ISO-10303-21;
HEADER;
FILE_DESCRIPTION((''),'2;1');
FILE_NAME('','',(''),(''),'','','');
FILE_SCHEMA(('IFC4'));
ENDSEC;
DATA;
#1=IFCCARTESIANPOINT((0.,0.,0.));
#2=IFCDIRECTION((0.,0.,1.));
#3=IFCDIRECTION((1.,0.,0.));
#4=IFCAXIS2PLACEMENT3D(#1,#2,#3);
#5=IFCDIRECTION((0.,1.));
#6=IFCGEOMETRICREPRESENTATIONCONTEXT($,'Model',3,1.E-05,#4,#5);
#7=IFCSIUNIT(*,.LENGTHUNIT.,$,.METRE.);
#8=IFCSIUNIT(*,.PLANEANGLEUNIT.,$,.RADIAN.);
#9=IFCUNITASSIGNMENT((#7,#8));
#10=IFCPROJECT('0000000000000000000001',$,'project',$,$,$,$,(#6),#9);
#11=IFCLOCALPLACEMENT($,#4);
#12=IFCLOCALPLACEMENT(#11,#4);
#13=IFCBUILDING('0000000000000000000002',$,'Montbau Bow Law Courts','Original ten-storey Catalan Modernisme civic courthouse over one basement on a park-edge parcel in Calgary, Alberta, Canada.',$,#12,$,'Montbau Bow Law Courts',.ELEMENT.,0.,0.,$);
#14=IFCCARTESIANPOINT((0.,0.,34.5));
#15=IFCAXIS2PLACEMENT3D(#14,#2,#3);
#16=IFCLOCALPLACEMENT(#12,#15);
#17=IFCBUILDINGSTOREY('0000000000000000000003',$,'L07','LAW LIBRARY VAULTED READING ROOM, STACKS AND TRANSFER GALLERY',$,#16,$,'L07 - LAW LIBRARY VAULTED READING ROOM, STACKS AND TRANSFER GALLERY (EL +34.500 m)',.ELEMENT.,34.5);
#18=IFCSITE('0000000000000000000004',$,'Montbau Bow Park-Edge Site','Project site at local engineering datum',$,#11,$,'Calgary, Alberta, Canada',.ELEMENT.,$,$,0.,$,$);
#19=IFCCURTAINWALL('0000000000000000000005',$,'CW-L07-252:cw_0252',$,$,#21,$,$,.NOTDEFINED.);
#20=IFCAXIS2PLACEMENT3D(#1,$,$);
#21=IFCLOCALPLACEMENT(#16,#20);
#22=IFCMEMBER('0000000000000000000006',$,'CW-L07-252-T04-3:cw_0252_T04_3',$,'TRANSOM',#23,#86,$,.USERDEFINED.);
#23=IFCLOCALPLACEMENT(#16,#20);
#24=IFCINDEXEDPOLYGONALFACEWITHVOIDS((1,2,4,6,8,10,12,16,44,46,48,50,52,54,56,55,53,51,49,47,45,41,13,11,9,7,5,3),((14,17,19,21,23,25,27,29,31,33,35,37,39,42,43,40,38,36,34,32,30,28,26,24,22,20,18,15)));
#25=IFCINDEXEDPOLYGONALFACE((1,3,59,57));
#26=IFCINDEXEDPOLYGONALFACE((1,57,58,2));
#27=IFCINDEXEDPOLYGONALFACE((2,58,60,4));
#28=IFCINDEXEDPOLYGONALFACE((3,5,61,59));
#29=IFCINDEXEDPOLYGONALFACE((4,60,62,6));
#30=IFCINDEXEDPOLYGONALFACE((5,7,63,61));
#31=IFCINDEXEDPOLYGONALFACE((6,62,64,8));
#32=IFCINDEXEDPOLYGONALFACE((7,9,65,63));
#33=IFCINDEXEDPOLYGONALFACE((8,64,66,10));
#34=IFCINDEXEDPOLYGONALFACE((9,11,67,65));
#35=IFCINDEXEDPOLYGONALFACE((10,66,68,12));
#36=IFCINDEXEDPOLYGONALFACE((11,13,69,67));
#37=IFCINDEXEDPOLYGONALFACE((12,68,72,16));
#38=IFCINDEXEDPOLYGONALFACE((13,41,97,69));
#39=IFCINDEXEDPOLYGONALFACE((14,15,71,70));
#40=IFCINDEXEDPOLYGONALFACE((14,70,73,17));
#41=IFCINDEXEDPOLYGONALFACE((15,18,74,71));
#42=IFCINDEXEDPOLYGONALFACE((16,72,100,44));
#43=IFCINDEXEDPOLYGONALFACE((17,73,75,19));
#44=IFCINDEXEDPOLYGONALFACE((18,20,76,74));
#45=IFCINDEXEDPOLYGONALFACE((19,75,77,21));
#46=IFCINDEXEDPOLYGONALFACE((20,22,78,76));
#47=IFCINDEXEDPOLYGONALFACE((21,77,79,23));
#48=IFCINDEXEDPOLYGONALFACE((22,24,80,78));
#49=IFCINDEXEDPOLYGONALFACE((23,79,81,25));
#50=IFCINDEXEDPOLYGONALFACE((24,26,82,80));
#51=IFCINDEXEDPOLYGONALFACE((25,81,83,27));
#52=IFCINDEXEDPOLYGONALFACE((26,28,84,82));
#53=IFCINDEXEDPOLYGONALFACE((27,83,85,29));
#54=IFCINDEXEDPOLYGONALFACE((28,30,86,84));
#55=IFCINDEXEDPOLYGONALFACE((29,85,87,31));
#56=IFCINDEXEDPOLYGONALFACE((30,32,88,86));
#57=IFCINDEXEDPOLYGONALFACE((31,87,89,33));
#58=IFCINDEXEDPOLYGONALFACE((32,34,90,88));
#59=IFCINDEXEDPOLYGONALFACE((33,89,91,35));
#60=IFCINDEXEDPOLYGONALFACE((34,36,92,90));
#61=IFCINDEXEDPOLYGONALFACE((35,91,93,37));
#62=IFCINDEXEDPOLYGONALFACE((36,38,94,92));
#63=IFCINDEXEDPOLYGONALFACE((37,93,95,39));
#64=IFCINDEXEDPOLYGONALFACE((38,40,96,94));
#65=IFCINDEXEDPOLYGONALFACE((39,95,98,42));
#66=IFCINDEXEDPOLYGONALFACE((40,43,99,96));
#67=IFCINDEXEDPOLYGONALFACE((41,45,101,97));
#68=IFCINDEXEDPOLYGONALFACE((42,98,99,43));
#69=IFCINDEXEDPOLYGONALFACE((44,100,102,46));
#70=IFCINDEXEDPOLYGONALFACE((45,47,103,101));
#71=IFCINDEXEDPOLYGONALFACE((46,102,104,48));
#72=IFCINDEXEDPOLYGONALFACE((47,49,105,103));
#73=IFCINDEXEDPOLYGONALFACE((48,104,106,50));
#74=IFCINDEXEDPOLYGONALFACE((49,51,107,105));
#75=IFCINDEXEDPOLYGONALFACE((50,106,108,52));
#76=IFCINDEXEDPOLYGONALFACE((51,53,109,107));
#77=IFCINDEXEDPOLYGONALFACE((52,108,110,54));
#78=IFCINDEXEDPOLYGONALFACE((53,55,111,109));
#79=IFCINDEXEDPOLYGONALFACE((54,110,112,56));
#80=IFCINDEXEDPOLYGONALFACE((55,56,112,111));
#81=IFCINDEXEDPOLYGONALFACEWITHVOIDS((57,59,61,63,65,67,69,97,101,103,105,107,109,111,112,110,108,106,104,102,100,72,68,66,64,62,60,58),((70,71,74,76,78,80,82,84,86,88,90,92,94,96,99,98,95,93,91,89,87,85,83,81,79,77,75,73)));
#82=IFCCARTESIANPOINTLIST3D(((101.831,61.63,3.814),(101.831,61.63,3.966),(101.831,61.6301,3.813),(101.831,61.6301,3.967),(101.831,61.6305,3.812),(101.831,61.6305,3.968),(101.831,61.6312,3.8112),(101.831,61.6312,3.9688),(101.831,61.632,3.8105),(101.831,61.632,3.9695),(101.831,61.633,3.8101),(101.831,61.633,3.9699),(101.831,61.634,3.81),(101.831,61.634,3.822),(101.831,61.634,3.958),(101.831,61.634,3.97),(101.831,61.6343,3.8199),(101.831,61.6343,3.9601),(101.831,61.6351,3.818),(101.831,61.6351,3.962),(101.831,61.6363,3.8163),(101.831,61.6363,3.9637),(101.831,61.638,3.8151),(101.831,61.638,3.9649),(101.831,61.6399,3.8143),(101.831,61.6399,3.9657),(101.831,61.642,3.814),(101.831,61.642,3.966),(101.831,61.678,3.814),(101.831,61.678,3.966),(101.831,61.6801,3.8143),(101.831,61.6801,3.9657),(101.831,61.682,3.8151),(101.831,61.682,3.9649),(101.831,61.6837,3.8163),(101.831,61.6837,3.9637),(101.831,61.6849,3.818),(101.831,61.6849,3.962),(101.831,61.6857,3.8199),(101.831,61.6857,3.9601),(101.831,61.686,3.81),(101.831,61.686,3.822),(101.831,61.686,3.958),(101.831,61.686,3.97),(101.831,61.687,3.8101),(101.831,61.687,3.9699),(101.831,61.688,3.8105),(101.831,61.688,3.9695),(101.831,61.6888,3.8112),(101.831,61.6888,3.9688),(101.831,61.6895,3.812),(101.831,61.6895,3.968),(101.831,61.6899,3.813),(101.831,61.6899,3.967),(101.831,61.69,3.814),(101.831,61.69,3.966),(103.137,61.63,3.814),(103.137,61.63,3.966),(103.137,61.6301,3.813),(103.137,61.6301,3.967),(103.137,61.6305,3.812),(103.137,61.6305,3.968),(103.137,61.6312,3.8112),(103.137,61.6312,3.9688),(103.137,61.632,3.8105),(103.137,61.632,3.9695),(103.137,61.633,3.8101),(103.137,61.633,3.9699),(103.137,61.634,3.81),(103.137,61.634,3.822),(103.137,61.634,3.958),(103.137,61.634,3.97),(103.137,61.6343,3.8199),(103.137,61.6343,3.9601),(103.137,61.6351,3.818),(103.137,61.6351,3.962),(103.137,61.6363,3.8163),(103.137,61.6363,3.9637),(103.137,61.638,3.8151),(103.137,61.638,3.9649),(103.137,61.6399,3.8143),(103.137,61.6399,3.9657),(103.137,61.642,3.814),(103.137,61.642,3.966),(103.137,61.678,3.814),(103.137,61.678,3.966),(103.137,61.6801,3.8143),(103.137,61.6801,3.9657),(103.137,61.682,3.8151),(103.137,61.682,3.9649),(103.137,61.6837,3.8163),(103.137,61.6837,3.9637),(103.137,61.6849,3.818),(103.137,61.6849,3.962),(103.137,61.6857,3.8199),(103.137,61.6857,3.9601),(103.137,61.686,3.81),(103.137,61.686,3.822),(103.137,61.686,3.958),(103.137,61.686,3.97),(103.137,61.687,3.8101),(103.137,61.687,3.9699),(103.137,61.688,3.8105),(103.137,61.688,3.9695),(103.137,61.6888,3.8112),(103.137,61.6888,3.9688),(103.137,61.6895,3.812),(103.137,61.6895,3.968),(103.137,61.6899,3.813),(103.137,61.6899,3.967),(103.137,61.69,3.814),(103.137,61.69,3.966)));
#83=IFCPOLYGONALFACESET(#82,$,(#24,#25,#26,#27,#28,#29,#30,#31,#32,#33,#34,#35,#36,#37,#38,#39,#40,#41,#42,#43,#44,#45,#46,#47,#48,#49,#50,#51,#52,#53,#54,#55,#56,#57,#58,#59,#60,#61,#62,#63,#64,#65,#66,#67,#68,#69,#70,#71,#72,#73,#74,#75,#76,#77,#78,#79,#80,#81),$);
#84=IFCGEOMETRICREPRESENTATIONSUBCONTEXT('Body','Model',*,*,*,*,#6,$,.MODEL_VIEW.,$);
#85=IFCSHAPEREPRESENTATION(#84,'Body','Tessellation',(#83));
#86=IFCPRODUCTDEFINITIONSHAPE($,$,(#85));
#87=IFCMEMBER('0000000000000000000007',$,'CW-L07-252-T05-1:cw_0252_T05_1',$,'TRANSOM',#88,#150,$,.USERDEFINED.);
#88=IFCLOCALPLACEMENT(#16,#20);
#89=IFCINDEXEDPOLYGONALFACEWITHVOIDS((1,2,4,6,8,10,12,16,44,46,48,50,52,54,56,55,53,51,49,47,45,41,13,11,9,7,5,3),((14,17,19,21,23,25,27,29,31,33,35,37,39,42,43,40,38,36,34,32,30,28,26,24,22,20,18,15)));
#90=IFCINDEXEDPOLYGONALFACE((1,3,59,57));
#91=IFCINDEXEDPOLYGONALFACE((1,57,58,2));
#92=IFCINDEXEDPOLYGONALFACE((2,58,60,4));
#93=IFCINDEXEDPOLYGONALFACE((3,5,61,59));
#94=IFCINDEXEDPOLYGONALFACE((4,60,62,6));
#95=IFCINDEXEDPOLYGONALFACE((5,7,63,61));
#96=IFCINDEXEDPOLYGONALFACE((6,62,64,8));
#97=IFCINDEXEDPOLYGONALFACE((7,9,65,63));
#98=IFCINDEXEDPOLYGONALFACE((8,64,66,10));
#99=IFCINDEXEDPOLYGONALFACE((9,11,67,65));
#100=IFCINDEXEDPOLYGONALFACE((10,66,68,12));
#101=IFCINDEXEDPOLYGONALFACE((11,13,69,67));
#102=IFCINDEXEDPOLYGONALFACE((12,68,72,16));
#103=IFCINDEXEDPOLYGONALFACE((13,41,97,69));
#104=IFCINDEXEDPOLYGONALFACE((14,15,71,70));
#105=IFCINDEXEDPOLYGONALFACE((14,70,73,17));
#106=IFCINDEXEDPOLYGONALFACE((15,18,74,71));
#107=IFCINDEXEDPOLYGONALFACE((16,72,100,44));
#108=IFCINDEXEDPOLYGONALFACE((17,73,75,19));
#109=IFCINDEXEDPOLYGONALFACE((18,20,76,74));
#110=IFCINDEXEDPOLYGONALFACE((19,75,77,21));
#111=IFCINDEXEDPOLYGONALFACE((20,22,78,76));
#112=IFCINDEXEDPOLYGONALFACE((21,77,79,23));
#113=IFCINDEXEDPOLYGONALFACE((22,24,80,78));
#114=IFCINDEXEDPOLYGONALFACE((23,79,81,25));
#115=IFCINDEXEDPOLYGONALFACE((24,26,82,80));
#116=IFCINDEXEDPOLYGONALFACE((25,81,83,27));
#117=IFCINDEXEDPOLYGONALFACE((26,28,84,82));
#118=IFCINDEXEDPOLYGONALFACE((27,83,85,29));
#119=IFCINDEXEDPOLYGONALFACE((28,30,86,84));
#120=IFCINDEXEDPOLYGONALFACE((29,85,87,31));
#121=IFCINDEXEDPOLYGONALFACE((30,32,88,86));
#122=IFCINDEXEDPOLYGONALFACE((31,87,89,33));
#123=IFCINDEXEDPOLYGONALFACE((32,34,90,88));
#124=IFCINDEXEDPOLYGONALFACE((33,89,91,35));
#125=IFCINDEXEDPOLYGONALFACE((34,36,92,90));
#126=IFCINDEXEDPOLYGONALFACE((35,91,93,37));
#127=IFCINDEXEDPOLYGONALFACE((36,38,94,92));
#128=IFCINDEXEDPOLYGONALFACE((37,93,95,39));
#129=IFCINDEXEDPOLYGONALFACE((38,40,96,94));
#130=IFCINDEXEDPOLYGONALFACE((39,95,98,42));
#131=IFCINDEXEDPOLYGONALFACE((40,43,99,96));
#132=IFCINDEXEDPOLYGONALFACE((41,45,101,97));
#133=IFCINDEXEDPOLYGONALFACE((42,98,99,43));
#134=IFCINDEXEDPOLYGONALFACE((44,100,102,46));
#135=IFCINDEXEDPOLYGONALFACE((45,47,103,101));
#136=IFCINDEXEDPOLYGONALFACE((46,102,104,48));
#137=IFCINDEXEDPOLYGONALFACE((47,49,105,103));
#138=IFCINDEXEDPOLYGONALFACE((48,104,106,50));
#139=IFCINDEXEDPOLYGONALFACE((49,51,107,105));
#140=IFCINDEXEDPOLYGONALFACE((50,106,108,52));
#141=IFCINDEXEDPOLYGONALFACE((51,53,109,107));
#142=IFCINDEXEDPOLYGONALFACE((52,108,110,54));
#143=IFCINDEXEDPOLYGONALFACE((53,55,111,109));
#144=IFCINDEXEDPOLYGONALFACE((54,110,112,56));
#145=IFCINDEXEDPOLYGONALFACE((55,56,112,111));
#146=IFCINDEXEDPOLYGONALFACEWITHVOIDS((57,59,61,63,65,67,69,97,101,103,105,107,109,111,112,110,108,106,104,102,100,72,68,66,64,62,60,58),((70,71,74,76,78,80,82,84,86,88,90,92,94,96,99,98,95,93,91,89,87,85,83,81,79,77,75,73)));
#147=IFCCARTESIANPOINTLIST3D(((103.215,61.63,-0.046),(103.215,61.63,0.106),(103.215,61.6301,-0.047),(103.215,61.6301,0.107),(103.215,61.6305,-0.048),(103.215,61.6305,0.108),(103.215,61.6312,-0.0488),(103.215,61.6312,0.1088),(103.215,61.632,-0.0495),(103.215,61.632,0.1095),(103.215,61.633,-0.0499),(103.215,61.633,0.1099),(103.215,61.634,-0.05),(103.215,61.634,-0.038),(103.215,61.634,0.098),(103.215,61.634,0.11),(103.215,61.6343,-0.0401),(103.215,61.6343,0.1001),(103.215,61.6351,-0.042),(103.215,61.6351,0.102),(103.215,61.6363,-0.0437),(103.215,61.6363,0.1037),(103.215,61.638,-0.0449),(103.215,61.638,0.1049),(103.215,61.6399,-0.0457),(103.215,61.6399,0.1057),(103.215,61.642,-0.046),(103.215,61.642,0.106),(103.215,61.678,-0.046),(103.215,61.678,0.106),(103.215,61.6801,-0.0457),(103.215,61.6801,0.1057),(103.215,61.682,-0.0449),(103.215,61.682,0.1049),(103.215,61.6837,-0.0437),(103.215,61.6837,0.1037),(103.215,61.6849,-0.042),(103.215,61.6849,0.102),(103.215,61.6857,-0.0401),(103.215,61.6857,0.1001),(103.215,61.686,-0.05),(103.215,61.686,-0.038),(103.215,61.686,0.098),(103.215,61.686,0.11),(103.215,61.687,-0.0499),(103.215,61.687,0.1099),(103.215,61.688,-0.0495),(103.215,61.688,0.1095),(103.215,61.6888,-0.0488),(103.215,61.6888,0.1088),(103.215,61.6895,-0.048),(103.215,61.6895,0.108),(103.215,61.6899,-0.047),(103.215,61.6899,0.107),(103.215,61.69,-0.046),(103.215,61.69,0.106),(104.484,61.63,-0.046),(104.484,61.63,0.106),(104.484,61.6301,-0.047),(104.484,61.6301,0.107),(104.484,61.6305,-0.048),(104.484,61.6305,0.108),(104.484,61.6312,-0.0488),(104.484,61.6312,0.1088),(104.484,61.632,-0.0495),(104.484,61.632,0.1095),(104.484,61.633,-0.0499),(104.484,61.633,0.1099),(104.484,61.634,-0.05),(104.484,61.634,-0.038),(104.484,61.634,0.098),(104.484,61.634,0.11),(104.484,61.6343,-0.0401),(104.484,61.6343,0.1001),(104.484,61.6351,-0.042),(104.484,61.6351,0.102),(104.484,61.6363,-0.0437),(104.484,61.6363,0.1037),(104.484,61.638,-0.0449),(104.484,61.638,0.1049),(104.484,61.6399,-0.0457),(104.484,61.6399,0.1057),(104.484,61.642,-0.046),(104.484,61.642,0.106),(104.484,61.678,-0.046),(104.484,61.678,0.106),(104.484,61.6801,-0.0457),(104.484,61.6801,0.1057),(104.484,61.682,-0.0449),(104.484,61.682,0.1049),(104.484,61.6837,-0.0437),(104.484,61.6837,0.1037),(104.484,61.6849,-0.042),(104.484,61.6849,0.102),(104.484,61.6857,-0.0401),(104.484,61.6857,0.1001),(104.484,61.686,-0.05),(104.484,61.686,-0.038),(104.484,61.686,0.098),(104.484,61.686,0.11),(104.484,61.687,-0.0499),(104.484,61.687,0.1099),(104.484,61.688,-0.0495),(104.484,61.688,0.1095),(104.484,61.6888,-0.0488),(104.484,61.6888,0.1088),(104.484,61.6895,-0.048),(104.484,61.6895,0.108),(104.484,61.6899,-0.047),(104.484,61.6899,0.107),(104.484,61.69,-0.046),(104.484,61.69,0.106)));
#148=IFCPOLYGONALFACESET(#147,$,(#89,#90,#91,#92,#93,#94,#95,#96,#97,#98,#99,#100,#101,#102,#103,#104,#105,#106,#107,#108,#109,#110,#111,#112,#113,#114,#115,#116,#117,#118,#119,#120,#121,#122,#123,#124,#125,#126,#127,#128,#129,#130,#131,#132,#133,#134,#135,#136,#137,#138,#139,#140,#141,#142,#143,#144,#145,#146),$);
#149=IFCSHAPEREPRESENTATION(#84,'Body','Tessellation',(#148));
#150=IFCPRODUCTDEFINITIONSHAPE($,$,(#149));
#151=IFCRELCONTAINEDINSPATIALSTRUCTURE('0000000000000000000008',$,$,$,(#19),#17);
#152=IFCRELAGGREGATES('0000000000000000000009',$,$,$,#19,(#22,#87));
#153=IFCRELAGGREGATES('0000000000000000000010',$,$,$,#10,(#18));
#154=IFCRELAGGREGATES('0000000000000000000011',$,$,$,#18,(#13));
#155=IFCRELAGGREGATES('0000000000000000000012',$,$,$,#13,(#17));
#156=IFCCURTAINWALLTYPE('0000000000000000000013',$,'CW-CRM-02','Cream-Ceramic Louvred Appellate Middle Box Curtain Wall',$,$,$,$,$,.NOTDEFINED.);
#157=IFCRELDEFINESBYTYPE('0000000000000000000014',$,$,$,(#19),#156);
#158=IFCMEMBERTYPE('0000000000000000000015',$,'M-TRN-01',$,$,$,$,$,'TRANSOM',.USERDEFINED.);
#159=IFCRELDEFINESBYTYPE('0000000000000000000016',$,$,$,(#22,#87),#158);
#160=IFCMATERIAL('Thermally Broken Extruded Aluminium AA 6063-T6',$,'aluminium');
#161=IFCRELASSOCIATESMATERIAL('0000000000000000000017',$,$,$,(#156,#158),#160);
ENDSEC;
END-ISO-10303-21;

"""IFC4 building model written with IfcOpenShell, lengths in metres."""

from ifc_helpers import new_model, si_unit, direction, frame, origin_with_axes, origin_2d_with_axis, place, context, subcontext, project, spatial, hollow_rectangle, extrude, material, material_profile, profile_set, type_object, element, aggregate, save


model = new_model("IFC4")

# Units and contexts
model_context = context("Model", 3, precision=1e-05, world=origin_with_axes(), true_north=direction((0.0, 1.0)))
body_context = subcontext(model_context, "Body", "Model", "MODEL_VIEW")
ifc_project = project(units=[si_unit("LENGTHUNIT", "METRE"), si_unit("PLANEANGLEUNIT", "RADIAN")], contexts=[model_context])

# Site, building, storey
site_placement = place(None, origin_with_axes())
site = spatial("IfcSite", under=ifc_project, at=site_placement, Name="Montbau Bow Park-Edge Site", Description="Project site at local engineering datum", LongName="Calgary, Alberta, Canada", CompositionType="ELEMENT", RefElevation=0.0)
building_placement = place(site_placement, origin_with_axes())
building = spatial("IfcBuilding", under=site, at=building_placement, Name="Montbau Bow Law Courts", Description="Original ten-storey Catalan Modernisme civic courthouse over one basement on a park-edge parcel in Calgary, Alberta, Canada.", LongName="Montbau Bow Law Courts", CompositionType="ELEMENT", ElevationOfRefHeight=0.0, ElevationOfTerrain=0.0)
storey_placement = place(building_placement, frame((0.0, 0.0, 34.5), z_axis=(0.0, 0.0, 1.0), x_axis=(1.0, 0.0, 0.0)))
storey = spatial("IfcBuildingStorey", under=building, at=storey_placement, Name="L07", Description="LAW LIBRARY VAULTED READING ROOM, STACKS AND TRANSFER GALLERY", LongName="L07 - LAW LIBRARY VAULTED READING ROOM, STACKS AND TRANSFER GALLERY (EL +34.500 m)", CompositionType="ELEMENT", Elevation=34.5)

# Curtain wall
ifc_material_1 = material(Name="Thermally Broken Extruded Aluminium AA 6063-T6", Category="aluminium")
curtain_wall_type = type_object("IfcCurtainWallType", Name="CW-CRM-02", Description="Cream-Ceramic Louvred Appellate Middle Box Curtain Wall", PredefinedType="NOTDEFINED", material=ifc_material_1)
curtain_wall_1_placement = place(None, frame((97.64, 61.66, 34.5), z_axis=(0.0, 0.0, 1.0), x_axis=(1.0, 0.0, 0.0)))
curtain_wall_1 = element("IfcCurtainWall", 1, at=curtain_wall_1_placement, inside=storey, type_object=curtain_wall_type, Name="CW-L07-252:cw_0252", PredefinedType="NOTDEFINED")

# Members
ifc_material_profile_1 = material_profile(ifc_material_1, hollow_rectangle(XDim=0.06, YDim=0.16, WallThickness=0.004, InnerFilletRadius=0.008, OuterFilletRadius=0.004, at=origin_2d_with_axis()), Name="CWT-160X60", Category="Main", Priority=0)
ifc_profile_set_1 = profile_set([ifc_material_profile_1], Name="Thermally Broken Extruded Aluminium AA 6063-T6")
member_type_1 = type_object("IfcMemberType", Name="M-TRN-01", ElementType="TRANSOM", PredefinedType="USERDEFINED", material=ifc_profile_set_1)
member_1_placement = place(None, frame((101.831, 61.66, 38.39), z_axis=(1.0, 0.0, 0.0), x_axis=(0.0, 1.0, 0.0)))
member_1 = element("IfcMember", 2, at=member_1_placement, type_object=member_type_1, Name="CW-L07-252-T04-3:cw_0252_T04_3", ObjectType="TRANSOM", PredefinedType="USERDEFINED", context=body_context, shape_type="SweptSolid", body=[
    extrude(hollow_rectangle(XDim=0.06, YDim=0.16, WallThickness=0.004, InnerFilletRadius=0.008, OuterFilletRadius=0.004, at=origin_2d_with_axis()), origin_with_axes(), (0.0, 0.0, 1.0), 1.306),
])
member_2_placement = place(None, frame((103.215, 61.66, 34.53), z_axis=(1.0, 0.0, 0.0), x_axis=(0.0, 1.0, 0.0)))
member_2 = element("IfcMember", 3, at=member_2_placement, type_object=member_type_1, Name="CW-L07-252-T05-1:cw_0252_T05_1", ObjectType="TRANSOM", PredefinedType="USERDEFINED", context=body_context, shape_type="SweptSolid", body=[
    extrude(hollow_rectangle(XDim=0.06, YDim=0.16, WallThickness=0.004, InnerFilletRadius=0.008, OuterFilletRadius=0.004, at=origin_2d_with_axis()), origin_with_axes(), (0.0, 0.0, 1.0), 1.269),
])

aggregate(curtain_wall_1, [member_1, member_2])

save(model, "model.ifc")
